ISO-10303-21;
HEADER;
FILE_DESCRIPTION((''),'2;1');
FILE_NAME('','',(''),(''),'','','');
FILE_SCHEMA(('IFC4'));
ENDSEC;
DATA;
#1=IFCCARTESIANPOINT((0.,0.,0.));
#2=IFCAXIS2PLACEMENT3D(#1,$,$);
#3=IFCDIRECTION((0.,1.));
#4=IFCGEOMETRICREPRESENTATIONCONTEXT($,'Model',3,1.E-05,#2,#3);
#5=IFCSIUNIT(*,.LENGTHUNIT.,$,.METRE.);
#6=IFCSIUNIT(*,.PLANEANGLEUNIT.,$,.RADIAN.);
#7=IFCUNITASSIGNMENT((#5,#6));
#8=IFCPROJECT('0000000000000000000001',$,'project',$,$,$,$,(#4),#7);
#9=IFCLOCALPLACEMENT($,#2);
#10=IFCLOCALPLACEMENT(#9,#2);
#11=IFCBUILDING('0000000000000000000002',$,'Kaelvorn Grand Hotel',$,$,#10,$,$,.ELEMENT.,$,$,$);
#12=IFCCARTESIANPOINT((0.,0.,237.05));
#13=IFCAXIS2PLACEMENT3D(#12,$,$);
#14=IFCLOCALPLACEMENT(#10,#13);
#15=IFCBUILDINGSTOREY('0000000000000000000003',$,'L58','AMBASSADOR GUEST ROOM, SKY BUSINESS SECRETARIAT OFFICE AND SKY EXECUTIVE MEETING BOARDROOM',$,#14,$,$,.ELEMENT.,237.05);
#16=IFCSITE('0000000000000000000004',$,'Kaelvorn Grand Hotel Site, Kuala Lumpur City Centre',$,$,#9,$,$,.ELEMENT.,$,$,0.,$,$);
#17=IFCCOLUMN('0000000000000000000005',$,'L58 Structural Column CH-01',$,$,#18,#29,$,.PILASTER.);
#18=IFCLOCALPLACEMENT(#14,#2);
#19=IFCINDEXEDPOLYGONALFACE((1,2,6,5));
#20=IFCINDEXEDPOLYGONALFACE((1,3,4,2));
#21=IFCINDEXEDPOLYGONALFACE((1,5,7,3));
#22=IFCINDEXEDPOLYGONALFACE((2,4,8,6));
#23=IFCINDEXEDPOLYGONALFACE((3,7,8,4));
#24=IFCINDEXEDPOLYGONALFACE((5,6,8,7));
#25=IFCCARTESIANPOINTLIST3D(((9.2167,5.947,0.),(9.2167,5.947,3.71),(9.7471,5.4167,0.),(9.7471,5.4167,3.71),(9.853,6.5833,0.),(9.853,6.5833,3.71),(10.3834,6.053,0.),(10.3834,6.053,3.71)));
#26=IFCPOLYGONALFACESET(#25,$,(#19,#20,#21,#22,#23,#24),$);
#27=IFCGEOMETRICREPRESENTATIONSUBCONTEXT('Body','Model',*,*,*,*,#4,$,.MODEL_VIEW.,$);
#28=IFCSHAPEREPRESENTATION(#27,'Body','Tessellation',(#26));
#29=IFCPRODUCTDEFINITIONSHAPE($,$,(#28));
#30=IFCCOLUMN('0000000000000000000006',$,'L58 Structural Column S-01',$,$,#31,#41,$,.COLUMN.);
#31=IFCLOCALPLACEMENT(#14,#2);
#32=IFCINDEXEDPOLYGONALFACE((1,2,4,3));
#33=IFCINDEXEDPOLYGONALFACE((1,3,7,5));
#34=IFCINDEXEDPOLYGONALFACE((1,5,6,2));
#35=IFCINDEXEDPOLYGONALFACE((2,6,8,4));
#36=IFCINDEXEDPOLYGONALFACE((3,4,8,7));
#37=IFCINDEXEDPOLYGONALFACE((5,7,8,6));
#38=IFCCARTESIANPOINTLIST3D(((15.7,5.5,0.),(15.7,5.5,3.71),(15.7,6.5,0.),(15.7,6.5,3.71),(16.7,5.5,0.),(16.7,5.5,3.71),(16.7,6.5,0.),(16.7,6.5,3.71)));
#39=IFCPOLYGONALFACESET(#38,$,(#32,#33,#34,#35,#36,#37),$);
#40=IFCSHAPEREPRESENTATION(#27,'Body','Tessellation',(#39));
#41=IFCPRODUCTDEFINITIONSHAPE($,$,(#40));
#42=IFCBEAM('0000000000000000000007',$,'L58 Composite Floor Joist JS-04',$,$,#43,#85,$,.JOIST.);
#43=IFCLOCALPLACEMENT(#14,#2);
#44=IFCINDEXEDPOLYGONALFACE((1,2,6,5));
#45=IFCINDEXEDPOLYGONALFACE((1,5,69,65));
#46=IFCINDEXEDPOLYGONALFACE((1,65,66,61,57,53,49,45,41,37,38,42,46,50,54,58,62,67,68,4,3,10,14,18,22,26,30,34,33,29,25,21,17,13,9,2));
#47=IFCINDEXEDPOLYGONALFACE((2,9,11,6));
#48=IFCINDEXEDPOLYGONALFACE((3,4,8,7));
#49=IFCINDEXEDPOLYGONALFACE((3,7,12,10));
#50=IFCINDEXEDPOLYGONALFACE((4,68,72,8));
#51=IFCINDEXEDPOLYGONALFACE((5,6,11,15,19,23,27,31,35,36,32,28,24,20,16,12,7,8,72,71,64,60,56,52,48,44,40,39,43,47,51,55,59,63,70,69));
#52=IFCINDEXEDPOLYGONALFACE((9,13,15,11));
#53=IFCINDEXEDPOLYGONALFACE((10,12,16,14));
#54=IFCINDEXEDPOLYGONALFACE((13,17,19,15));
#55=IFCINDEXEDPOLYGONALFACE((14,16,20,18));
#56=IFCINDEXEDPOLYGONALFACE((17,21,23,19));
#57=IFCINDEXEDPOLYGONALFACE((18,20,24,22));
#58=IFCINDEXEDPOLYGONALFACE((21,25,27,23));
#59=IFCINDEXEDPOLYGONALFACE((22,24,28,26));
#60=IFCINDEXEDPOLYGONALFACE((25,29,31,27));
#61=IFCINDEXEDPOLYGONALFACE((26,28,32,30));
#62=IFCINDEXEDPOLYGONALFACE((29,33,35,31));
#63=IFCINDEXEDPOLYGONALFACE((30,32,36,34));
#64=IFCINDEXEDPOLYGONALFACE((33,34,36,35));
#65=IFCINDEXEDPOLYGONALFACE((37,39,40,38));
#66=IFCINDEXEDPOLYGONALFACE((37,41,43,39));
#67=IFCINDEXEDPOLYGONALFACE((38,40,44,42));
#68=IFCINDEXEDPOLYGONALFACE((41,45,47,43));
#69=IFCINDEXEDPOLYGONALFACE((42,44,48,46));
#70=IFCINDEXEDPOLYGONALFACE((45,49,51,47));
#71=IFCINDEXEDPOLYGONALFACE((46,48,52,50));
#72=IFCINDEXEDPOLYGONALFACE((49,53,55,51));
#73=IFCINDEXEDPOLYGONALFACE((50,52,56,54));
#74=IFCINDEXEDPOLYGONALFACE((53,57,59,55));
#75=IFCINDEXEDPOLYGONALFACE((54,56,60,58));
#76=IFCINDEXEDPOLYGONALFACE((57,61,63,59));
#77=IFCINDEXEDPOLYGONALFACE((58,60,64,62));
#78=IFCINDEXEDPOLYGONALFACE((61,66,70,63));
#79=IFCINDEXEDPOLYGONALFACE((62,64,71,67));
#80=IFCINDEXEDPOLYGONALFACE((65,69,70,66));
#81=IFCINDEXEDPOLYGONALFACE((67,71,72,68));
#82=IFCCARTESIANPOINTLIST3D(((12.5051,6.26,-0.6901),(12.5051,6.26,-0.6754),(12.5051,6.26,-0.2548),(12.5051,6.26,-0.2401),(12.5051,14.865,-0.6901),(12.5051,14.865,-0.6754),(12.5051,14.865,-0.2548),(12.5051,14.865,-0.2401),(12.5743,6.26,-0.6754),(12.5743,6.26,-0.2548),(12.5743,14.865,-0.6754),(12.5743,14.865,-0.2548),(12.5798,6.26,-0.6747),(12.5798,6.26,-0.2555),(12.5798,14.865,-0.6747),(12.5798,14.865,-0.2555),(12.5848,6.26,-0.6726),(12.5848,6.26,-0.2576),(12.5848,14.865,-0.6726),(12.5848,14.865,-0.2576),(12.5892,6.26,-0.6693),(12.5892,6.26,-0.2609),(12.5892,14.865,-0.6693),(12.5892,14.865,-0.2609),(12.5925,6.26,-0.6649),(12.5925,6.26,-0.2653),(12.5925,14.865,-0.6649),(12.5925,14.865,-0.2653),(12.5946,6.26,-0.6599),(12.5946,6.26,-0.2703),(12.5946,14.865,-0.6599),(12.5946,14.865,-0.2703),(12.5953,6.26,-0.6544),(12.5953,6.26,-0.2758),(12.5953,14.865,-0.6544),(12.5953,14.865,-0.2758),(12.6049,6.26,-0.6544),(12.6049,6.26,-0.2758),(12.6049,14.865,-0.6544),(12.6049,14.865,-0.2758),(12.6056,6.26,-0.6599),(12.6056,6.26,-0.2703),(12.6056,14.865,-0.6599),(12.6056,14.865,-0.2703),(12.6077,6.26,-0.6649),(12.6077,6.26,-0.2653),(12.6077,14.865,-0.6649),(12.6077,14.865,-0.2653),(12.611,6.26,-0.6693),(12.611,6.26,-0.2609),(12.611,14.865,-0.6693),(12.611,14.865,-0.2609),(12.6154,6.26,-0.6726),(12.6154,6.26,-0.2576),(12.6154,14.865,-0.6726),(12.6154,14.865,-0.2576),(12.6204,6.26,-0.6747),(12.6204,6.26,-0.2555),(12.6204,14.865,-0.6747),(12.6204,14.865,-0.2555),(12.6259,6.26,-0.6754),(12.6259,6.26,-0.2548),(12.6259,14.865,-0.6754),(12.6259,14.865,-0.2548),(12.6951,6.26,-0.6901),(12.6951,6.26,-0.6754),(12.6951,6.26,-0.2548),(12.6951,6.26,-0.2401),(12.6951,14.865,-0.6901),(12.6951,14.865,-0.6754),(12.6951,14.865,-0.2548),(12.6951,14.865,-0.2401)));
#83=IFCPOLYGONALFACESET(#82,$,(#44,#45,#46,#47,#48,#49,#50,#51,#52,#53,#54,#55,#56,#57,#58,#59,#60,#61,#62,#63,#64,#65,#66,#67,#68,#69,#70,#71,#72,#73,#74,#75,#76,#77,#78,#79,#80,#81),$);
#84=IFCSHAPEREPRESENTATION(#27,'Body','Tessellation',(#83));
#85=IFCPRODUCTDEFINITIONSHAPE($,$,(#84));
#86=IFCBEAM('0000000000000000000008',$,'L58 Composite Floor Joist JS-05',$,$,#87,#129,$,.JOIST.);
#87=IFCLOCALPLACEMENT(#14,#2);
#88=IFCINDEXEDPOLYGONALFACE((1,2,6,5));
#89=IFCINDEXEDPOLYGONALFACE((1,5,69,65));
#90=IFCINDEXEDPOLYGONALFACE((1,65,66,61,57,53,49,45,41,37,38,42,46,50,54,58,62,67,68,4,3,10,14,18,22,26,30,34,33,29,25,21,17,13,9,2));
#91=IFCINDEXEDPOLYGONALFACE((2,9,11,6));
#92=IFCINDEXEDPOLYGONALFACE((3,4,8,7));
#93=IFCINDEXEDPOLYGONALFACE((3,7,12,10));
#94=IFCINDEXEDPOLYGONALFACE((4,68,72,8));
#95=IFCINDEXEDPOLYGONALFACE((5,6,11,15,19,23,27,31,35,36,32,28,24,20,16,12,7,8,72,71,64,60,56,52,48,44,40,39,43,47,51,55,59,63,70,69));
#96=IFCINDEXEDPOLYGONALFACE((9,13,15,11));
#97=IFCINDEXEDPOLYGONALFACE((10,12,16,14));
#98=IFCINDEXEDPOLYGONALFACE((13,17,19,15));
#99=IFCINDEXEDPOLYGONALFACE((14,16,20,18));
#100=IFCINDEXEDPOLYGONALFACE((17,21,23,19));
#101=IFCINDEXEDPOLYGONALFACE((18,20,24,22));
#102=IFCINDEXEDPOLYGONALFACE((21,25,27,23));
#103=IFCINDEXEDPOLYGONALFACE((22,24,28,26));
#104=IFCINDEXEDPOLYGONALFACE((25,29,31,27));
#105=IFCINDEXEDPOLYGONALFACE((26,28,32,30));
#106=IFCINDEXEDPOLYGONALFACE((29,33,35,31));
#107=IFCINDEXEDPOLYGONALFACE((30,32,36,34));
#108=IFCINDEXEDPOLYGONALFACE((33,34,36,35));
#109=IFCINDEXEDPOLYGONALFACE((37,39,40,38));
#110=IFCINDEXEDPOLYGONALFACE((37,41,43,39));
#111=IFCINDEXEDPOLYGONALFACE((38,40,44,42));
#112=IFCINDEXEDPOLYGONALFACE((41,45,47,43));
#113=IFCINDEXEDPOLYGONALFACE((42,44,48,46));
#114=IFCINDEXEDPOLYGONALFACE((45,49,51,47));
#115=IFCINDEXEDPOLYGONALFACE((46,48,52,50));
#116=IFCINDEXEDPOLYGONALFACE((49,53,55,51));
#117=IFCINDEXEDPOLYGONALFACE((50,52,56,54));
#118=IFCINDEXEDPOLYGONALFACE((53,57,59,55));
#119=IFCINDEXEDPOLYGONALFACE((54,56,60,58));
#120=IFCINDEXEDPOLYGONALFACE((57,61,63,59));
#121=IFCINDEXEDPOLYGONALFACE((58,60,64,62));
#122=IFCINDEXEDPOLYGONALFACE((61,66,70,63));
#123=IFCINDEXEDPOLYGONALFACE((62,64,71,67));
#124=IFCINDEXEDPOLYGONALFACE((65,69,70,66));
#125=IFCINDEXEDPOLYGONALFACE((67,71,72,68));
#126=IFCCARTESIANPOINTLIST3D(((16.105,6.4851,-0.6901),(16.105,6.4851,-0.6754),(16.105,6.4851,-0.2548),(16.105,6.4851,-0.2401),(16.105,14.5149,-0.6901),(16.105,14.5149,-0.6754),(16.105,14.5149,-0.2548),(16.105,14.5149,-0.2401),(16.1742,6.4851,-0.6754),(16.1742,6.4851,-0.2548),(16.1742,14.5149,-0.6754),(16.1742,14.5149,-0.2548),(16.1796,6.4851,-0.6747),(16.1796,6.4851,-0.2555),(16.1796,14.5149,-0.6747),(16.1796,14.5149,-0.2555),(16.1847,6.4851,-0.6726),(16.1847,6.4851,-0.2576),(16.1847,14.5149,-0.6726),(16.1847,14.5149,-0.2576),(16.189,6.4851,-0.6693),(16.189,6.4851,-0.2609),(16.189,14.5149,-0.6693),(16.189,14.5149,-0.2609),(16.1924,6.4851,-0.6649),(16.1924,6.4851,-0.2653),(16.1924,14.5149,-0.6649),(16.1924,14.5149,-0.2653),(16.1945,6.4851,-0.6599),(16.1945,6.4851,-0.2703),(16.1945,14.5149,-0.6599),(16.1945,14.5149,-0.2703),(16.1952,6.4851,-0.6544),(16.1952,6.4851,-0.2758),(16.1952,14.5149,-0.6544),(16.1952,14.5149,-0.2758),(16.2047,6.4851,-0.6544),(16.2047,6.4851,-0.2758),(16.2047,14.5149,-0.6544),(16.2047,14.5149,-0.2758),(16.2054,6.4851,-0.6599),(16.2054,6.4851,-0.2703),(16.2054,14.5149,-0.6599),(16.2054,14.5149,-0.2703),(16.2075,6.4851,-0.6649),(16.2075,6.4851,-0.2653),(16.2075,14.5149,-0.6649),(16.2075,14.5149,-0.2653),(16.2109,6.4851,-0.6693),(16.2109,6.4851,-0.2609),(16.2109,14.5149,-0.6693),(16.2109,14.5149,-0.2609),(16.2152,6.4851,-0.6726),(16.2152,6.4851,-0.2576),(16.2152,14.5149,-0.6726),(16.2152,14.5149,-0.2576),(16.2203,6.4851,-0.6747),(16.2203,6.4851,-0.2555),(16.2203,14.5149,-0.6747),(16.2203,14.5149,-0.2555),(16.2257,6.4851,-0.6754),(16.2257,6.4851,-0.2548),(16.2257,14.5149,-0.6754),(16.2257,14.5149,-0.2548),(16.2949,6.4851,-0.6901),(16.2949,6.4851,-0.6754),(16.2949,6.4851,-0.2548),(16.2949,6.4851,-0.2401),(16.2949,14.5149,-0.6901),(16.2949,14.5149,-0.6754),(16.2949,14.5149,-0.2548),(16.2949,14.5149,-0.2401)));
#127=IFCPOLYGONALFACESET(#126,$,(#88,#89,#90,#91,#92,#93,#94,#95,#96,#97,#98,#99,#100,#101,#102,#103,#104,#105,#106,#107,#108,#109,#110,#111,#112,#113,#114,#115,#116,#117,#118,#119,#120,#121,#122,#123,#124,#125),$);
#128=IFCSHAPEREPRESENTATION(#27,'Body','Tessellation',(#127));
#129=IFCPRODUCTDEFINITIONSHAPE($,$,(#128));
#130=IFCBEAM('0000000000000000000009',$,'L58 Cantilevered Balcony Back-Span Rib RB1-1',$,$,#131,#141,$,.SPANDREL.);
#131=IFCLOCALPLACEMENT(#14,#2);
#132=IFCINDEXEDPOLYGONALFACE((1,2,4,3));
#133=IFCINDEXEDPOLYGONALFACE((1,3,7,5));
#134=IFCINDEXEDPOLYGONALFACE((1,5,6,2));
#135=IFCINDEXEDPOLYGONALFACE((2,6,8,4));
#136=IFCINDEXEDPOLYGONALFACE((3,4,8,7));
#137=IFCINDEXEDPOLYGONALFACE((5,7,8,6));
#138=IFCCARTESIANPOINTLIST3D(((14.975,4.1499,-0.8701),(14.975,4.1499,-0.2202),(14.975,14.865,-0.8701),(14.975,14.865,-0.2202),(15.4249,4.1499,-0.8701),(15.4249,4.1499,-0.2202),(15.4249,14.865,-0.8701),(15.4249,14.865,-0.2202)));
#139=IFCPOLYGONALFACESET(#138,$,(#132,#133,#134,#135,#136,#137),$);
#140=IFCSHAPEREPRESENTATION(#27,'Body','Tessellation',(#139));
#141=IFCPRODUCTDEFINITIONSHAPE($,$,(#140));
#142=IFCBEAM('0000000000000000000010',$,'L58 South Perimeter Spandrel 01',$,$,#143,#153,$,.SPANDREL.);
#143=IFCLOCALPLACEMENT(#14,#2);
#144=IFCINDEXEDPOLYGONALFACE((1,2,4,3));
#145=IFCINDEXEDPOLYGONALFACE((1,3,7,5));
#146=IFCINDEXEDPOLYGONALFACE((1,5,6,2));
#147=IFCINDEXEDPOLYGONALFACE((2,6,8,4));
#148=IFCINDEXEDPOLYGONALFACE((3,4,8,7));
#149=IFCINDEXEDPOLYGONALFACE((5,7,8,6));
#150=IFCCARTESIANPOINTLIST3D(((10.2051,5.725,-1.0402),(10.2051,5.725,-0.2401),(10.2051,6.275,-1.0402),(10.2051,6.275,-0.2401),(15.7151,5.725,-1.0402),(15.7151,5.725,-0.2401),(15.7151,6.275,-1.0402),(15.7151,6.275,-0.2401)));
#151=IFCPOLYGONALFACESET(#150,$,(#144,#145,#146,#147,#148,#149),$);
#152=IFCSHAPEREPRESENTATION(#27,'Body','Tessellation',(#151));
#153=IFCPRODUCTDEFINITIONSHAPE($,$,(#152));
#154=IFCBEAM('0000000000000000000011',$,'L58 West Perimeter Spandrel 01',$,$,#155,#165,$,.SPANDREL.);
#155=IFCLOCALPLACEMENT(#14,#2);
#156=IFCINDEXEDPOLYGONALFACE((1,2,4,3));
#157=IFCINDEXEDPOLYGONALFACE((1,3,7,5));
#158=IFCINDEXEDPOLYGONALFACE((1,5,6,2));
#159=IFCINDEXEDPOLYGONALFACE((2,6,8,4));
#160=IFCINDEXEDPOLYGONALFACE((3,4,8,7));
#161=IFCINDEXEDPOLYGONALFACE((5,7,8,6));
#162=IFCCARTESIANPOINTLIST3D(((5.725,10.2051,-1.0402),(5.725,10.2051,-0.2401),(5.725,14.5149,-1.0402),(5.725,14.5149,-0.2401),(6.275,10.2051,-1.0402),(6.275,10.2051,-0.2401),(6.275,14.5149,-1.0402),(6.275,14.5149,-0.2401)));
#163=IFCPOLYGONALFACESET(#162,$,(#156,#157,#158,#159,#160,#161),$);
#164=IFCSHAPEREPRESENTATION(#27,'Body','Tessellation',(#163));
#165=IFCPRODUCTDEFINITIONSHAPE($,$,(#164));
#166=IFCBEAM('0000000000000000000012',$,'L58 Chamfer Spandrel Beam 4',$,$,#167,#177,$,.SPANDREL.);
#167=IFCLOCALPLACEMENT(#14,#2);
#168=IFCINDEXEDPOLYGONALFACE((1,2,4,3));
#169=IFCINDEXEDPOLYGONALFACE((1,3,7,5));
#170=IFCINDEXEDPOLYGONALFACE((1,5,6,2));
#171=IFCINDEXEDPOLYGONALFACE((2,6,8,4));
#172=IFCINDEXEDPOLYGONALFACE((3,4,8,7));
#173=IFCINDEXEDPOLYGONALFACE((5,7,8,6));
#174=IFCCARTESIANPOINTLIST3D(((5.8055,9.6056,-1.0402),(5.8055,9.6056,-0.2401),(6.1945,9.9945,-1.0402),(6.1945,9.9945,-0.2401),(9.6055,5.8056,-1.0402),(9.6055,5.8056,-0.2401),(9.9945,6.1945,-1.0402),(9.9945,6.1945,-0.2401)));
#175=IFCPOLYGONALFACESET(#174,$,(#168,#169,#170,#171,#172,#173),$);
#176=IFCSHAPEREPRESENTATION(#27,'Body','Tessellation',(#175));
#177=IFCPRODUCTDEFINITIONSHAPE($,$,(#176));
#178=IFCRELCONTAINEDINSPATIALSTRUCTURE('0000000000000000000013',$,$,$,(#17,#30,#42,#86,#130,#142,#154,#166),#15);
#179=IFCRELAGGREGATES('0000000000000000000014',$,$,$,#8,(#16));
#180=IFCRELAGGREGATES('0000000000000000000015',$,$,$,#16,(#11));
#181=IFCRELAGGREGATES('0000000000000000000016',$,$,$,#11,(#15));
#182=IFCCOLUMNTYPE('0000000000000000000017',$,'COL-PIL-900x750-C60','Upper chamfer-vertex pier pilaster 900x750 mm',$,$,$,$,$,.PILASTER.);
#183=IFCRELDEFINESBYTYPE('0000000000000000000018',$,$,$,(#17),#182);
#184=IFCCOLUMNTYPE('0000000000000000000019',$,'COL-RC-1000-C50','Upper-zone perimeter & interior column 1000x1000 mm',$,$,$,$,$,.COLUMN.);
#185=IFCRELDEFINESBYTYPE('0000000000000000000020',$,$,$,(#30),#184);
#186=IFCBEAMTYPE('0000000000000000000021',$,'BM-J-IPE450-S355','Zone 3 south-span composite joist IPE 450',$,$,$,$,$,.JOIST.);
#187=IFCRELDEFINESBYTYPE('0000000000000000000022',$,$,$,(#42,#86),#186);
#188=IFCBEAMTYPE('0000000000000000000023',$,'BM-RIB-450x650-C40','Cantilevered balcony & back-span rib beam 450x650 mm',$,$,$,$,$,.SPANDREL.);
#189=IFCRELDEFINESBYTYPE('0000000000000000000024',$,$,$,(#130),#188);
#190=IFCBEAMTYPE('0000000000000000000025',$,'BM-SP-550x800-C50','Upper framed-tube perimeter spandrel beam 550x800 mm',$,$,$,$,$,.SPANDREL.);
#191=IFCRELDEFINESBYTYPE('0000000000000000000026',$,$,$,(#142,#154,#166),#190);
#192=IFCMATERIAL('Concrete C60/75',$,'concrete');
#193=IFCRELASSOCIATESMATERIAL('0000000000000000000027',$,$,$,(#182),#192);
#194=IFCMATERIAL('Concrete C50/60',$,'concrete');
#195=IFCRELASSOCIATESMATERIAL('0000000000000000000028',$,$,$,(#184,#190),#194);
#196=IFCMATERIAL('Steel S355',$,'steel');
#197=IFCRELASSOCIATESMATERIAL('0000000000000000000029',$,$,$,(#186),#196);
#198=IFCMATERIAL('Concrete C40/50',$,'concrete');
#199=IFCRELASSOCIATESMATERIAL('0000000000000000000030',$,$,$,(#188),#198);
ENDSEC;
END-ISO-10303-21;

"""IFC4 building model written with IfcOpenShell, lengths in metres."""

from ifc_helpers import new_model, si_unit, direction, frame, origin, origin_2d, place, context, subcontext, project, spatial, rectangle, i_section, extrude, material, material_profile, profile_set, type_object, element, save


model = new_model("IFC4")

# Units and contexts
model_context = context("Model", 3, precision=1e-05, world=origin(), true_north=direction((0.0, 1.0)))
body_context = subcontext(model_context, "Body", "Model", "MODEL_VIEW")
ifc_project = project(units=[si_unit("LENGTHUNIT", "METRE"), si_unit("PLANEANGLEUNIT", "RADIAN")], contexts=[model_context])

# Site, building, storey
site_placement = place(None, origin())
site = spatial("IfcSite", under=ifc_project, at=site_placement, Name="Kaelvorn Grand Hotel Site, Kuala Lumpur City Centre", CompositionType="ELEMENT", RefElevation=0.0)
building_placement = place(site_placement, origin())
building = spatial("IfcBuilding", under=site, at=building_placement, Name="Kaelvorn Grand Hotel", CompositionType="ELEMENT")
storey_placement = place(building_placement, frame((0.0, 0.0, 237.05)))
storey = spatial("IfcBuildingStorey", under=building, at=storey_placement, Name="L58", Description="AMBASSADOR GUEST ROOM, SKY BUSINESS SECRETARIAT OFFICE AND SKY EXECUTIVE MEETING BOARDROOM", CompositionType="ELEMENT", Elevation=237.05)

# Columns
ifc_material_1 = material(Name="Concrete C60/75", Category="concrete")
ifc_material_profile_1 = material_profile(ifc_material_1, rectangle(XDim=0.8999, YDim=0.75, at=origin_2d()), Name="RC PILASTER 900x750")
ifc_profile_set_1 = profile_set([ifc_material_profile_1], Name="Concrete C60/75")
column_type_1 = type_object("IfcColumnType", Name="COL-PIL-900x750-C60", Description="Upper chamfer-vertex pier pilaster 900x750 mm", PredefinedType="PILASTER", material=ifc_profile_set_1)
column_1_placement = place(storey_placement, frame((9.8, 6.0, 0.0), z_axis=(0.0, 0.0, 1.0), x_axis=(0.707107, 0.707107, 0.0)))
element("IfcColumn", 1, at=column_1_placement, inside=storey, type_object=column_type_1, Name="L58 Structural Column CH-01", PredefinedType="PILASTER", context=body_context, shape_type="SweptSolid", body=[
    extrude(rectangle(XDim=0.8999, YDim=0.75, at=origin_2d()), origin(), (0.0, 0.0, 1.0), 3.71),
])
ifc_material_2 = material(Name="Concrete C50/60", Category="concrete")
ifc_material_profile_2 = material_profile(ifc_material_2, rectangle(XDim=1.0, YDim=1.0, at=origin_2d()), Name="RC COL 1000x1000")
ifc_profile_set_2 = profile_set([ifc_material_profile_2], Name="Concrete C50/60")
column_type_2 = type_object("IfcColumnType", Name="COL-RC-1000-C50", Description="Upper-zone perimeter & interior column 1000x1000 mm", PredefinedType="COLUMN", material=ifc_profile_set_2)
column_2_placement = place(storey_placement, frame((16.2, 6.0, 0.0), z_axis=(0.0, 0.0, 1.0), x_axis=(1.0, 0.0, 0.0)))
element("IfcColumn", 2, at=column_2_placement, inside=storey, type_object=column_type_2, Name="L58 Structural Column S-01", PredefinedType="COLUMN", context=body_context, shape_type="SweptSolid", body=[
    extrude(rectangle(XDim=1.0, YDim=1.0, at=origin_2d()), origin(), (0.0, 0.0, 1.0), 3.71),
])

# Beams
ifc_material_3 = material(Name="Steel S355", Category="steel")
ifc_material_profile_3 = material_profile(ifc_material_3, i_section(OverallWidth=0.1899, OverallDepth=0.45, WebThickness=0.0095, FlangeThickness=0.0146, FilletRadius=0.021, at=origin_2d()), Name="IPE 450")
ifc_profile_set_3 = profile_set([ifc_material_profile_3], Name="Steel S355")
beam_type_1 = type_object("IfcBeamType", Name="BM-J-IPE450-S355", Description="Zone 3 south-span composite joist IPE 450", PredefinedType="JOIST", material=ifc_profile_set_3)
beam_1_placement = place(storey_placement, frame((12.6001, 6.26, -0.4651), z_axis=(0.0, 1.0, 0.0), x_axis=(-1.0, 0.0, 0.0)))
element("IfcBeam", 3, at=beam_1_placement, inside=storey, type_object=beam_type_1, Name="L58 Composite Floor Joist JS-04", PredefinedType="JOIST", context=body_context, shape_type="SweptSolid", body=[
    extrude(i_section(OverallWidth=0.1899, OverallDepth=0.45, WebThickness=0.0095, FlangeThickness=0.0146, FilletRadius=0.021, at=origin_2d()), origin(), (0.0, 0.0, 1.0), 8.605),
])
beam_2_placement = place(storey_placement, frame((16.2, 6.4851, -0.4651), z_axis=(0.0, 1.0, 0.0), x_axis=(-1.0, 0.0, 0.0)))
element("IfcBeam", 4, at=beam_2_placement, inside=storey, type_object=beam_type_1, Name="L58 Composite Floor Joist JS-05", PredefinedType="JOIST", context=body_context, shape_type="SweptSolid", body=[
    extrude(i_section(OverallWidth=0.1899, OverallDepth=0.45, WebThickness=0.0095, FlangeThickness=0.0146, FilletRadius=0.021, at=origin_2d()), origin(), (0.0, 0.0, 1.0), 8.0298),
])
ifc_material_4 = material(Name="Concrete C40/50", Category="concrete")
ifc_material_profile_4 = material_profile(ifc_material_4, rectangle(XDim=0.45, YDim=0.6499, at=origin_2d()), Name="RC RIB 450x650")
ifc_profile_set_4 = profile_set([ifc_material_profile_4], Name="Concrete C40/50")
beam_type_2 = type_object("IfcBeamType", Name="BM-RIB-450x650-C40", Description="Cantilevered balcony & back-span rib beam 450x650 mm", PredefinedType="SPANDREL", material=ifc_profile_set_4)
beam_3_placement = place(storey_placement, frame((15.2, 4.1499, -0.5452), z_axis=(0.0, 1.0, 0.0), x_axis=(-1.0, 0.0, 0.0)))
element("IfcBeam", 5, at=beam_3_placement, inside=storey, type_object=beam_type_2, Name="L58 Cantilevered Balcony Back-Span Rib RB1-1", PredefinedType="SPANDREL", context=body_context, shape_type="SweptSolid", body=[
    extrude(rectangle(XDim=0.45, YDim=0.6499, at=origin_2d()), origin(), (0.0, 0.0, 1.0), 10.7151),
])
ifc_material_profile_5 = material_profile(ifc_material_2, rectangle(XDim=0.55, YDim=0.8, at=origin_2d()), Name="RC SPANDREL 550x800")
ifc_profile_set_5 = profile_set([ifc_material_profile_5], Name="Concrete C50/60")
beam_type_3 = type_object("IfcBeamType", Name="BM-SP-550x800-C50", Description="Upper framed-tube perimeter spandrel beam 550x800 mm", PredefinedType="SPANDREL", material=ifc_profile_set_5)
beam_4_placement = place(storey_placement, frame((10.2051, 6.0, -0.6401), z_axis=(1.0, 0.0, 0.0), x_axis=(0.0, 1.0, 0.0)))
element("IfcBeam", 6, at=beam_4_placement, inside=storey, type_object=beam_type_3, Name="L58 South Perimeter Spandrel 01", PredefinedType="SPANDREL", context=body_context, shape_type="SweptSolid", body=[
    extrude(rectangle(XDim=0.55, YDim=0.8, at=origin_2d()), origin(), (0.0, 0.0, 1.0), 5.51),
])
beam_5_placement = place(storey_placement, frame((6.0, 10.2051, -0.6401), z_axis=(0.0, 1.0, 0.0), x_axis=(-1.0, 0.0, 0.0)))
element("IfcBeam", 7, at=beam_5_placement, inside=storey, type_object=beam_type_3, Name="L58 West Perimeter Spandrel 01", PredefinedType="SPANDREL", context=body_context, shape_type="SweptSolid", body=[
    extrude(rectangle(XDim=0.55, YDim=0.8, at=origin_2d()), origin(), (0.0, 0.0, 1.0), 4.3098),
])
beam_6_placement = place(storey_placement, frame((6.0, 9.8, -0.6401), z_axis=(0.707107, -0.707107, 0.0), x_axis=(0.707107, 0.707107, 0.0)))
element("IfcBeam", 8, at=beam_6_placement, inside=storey, type_object=beam_type_3, Name="L58 Chamfer Spandrel Beam 4", PredefinedType="SPANDREL", context=body_context, shape_type="SweptSolid", body=[
    extrude(rectangle(XDim=0.55, YDim=0.8, at=origin_2d()), origin(), (0.0, 0.0, 1.0), 5.374),
])

save(model, "model.ifc")
